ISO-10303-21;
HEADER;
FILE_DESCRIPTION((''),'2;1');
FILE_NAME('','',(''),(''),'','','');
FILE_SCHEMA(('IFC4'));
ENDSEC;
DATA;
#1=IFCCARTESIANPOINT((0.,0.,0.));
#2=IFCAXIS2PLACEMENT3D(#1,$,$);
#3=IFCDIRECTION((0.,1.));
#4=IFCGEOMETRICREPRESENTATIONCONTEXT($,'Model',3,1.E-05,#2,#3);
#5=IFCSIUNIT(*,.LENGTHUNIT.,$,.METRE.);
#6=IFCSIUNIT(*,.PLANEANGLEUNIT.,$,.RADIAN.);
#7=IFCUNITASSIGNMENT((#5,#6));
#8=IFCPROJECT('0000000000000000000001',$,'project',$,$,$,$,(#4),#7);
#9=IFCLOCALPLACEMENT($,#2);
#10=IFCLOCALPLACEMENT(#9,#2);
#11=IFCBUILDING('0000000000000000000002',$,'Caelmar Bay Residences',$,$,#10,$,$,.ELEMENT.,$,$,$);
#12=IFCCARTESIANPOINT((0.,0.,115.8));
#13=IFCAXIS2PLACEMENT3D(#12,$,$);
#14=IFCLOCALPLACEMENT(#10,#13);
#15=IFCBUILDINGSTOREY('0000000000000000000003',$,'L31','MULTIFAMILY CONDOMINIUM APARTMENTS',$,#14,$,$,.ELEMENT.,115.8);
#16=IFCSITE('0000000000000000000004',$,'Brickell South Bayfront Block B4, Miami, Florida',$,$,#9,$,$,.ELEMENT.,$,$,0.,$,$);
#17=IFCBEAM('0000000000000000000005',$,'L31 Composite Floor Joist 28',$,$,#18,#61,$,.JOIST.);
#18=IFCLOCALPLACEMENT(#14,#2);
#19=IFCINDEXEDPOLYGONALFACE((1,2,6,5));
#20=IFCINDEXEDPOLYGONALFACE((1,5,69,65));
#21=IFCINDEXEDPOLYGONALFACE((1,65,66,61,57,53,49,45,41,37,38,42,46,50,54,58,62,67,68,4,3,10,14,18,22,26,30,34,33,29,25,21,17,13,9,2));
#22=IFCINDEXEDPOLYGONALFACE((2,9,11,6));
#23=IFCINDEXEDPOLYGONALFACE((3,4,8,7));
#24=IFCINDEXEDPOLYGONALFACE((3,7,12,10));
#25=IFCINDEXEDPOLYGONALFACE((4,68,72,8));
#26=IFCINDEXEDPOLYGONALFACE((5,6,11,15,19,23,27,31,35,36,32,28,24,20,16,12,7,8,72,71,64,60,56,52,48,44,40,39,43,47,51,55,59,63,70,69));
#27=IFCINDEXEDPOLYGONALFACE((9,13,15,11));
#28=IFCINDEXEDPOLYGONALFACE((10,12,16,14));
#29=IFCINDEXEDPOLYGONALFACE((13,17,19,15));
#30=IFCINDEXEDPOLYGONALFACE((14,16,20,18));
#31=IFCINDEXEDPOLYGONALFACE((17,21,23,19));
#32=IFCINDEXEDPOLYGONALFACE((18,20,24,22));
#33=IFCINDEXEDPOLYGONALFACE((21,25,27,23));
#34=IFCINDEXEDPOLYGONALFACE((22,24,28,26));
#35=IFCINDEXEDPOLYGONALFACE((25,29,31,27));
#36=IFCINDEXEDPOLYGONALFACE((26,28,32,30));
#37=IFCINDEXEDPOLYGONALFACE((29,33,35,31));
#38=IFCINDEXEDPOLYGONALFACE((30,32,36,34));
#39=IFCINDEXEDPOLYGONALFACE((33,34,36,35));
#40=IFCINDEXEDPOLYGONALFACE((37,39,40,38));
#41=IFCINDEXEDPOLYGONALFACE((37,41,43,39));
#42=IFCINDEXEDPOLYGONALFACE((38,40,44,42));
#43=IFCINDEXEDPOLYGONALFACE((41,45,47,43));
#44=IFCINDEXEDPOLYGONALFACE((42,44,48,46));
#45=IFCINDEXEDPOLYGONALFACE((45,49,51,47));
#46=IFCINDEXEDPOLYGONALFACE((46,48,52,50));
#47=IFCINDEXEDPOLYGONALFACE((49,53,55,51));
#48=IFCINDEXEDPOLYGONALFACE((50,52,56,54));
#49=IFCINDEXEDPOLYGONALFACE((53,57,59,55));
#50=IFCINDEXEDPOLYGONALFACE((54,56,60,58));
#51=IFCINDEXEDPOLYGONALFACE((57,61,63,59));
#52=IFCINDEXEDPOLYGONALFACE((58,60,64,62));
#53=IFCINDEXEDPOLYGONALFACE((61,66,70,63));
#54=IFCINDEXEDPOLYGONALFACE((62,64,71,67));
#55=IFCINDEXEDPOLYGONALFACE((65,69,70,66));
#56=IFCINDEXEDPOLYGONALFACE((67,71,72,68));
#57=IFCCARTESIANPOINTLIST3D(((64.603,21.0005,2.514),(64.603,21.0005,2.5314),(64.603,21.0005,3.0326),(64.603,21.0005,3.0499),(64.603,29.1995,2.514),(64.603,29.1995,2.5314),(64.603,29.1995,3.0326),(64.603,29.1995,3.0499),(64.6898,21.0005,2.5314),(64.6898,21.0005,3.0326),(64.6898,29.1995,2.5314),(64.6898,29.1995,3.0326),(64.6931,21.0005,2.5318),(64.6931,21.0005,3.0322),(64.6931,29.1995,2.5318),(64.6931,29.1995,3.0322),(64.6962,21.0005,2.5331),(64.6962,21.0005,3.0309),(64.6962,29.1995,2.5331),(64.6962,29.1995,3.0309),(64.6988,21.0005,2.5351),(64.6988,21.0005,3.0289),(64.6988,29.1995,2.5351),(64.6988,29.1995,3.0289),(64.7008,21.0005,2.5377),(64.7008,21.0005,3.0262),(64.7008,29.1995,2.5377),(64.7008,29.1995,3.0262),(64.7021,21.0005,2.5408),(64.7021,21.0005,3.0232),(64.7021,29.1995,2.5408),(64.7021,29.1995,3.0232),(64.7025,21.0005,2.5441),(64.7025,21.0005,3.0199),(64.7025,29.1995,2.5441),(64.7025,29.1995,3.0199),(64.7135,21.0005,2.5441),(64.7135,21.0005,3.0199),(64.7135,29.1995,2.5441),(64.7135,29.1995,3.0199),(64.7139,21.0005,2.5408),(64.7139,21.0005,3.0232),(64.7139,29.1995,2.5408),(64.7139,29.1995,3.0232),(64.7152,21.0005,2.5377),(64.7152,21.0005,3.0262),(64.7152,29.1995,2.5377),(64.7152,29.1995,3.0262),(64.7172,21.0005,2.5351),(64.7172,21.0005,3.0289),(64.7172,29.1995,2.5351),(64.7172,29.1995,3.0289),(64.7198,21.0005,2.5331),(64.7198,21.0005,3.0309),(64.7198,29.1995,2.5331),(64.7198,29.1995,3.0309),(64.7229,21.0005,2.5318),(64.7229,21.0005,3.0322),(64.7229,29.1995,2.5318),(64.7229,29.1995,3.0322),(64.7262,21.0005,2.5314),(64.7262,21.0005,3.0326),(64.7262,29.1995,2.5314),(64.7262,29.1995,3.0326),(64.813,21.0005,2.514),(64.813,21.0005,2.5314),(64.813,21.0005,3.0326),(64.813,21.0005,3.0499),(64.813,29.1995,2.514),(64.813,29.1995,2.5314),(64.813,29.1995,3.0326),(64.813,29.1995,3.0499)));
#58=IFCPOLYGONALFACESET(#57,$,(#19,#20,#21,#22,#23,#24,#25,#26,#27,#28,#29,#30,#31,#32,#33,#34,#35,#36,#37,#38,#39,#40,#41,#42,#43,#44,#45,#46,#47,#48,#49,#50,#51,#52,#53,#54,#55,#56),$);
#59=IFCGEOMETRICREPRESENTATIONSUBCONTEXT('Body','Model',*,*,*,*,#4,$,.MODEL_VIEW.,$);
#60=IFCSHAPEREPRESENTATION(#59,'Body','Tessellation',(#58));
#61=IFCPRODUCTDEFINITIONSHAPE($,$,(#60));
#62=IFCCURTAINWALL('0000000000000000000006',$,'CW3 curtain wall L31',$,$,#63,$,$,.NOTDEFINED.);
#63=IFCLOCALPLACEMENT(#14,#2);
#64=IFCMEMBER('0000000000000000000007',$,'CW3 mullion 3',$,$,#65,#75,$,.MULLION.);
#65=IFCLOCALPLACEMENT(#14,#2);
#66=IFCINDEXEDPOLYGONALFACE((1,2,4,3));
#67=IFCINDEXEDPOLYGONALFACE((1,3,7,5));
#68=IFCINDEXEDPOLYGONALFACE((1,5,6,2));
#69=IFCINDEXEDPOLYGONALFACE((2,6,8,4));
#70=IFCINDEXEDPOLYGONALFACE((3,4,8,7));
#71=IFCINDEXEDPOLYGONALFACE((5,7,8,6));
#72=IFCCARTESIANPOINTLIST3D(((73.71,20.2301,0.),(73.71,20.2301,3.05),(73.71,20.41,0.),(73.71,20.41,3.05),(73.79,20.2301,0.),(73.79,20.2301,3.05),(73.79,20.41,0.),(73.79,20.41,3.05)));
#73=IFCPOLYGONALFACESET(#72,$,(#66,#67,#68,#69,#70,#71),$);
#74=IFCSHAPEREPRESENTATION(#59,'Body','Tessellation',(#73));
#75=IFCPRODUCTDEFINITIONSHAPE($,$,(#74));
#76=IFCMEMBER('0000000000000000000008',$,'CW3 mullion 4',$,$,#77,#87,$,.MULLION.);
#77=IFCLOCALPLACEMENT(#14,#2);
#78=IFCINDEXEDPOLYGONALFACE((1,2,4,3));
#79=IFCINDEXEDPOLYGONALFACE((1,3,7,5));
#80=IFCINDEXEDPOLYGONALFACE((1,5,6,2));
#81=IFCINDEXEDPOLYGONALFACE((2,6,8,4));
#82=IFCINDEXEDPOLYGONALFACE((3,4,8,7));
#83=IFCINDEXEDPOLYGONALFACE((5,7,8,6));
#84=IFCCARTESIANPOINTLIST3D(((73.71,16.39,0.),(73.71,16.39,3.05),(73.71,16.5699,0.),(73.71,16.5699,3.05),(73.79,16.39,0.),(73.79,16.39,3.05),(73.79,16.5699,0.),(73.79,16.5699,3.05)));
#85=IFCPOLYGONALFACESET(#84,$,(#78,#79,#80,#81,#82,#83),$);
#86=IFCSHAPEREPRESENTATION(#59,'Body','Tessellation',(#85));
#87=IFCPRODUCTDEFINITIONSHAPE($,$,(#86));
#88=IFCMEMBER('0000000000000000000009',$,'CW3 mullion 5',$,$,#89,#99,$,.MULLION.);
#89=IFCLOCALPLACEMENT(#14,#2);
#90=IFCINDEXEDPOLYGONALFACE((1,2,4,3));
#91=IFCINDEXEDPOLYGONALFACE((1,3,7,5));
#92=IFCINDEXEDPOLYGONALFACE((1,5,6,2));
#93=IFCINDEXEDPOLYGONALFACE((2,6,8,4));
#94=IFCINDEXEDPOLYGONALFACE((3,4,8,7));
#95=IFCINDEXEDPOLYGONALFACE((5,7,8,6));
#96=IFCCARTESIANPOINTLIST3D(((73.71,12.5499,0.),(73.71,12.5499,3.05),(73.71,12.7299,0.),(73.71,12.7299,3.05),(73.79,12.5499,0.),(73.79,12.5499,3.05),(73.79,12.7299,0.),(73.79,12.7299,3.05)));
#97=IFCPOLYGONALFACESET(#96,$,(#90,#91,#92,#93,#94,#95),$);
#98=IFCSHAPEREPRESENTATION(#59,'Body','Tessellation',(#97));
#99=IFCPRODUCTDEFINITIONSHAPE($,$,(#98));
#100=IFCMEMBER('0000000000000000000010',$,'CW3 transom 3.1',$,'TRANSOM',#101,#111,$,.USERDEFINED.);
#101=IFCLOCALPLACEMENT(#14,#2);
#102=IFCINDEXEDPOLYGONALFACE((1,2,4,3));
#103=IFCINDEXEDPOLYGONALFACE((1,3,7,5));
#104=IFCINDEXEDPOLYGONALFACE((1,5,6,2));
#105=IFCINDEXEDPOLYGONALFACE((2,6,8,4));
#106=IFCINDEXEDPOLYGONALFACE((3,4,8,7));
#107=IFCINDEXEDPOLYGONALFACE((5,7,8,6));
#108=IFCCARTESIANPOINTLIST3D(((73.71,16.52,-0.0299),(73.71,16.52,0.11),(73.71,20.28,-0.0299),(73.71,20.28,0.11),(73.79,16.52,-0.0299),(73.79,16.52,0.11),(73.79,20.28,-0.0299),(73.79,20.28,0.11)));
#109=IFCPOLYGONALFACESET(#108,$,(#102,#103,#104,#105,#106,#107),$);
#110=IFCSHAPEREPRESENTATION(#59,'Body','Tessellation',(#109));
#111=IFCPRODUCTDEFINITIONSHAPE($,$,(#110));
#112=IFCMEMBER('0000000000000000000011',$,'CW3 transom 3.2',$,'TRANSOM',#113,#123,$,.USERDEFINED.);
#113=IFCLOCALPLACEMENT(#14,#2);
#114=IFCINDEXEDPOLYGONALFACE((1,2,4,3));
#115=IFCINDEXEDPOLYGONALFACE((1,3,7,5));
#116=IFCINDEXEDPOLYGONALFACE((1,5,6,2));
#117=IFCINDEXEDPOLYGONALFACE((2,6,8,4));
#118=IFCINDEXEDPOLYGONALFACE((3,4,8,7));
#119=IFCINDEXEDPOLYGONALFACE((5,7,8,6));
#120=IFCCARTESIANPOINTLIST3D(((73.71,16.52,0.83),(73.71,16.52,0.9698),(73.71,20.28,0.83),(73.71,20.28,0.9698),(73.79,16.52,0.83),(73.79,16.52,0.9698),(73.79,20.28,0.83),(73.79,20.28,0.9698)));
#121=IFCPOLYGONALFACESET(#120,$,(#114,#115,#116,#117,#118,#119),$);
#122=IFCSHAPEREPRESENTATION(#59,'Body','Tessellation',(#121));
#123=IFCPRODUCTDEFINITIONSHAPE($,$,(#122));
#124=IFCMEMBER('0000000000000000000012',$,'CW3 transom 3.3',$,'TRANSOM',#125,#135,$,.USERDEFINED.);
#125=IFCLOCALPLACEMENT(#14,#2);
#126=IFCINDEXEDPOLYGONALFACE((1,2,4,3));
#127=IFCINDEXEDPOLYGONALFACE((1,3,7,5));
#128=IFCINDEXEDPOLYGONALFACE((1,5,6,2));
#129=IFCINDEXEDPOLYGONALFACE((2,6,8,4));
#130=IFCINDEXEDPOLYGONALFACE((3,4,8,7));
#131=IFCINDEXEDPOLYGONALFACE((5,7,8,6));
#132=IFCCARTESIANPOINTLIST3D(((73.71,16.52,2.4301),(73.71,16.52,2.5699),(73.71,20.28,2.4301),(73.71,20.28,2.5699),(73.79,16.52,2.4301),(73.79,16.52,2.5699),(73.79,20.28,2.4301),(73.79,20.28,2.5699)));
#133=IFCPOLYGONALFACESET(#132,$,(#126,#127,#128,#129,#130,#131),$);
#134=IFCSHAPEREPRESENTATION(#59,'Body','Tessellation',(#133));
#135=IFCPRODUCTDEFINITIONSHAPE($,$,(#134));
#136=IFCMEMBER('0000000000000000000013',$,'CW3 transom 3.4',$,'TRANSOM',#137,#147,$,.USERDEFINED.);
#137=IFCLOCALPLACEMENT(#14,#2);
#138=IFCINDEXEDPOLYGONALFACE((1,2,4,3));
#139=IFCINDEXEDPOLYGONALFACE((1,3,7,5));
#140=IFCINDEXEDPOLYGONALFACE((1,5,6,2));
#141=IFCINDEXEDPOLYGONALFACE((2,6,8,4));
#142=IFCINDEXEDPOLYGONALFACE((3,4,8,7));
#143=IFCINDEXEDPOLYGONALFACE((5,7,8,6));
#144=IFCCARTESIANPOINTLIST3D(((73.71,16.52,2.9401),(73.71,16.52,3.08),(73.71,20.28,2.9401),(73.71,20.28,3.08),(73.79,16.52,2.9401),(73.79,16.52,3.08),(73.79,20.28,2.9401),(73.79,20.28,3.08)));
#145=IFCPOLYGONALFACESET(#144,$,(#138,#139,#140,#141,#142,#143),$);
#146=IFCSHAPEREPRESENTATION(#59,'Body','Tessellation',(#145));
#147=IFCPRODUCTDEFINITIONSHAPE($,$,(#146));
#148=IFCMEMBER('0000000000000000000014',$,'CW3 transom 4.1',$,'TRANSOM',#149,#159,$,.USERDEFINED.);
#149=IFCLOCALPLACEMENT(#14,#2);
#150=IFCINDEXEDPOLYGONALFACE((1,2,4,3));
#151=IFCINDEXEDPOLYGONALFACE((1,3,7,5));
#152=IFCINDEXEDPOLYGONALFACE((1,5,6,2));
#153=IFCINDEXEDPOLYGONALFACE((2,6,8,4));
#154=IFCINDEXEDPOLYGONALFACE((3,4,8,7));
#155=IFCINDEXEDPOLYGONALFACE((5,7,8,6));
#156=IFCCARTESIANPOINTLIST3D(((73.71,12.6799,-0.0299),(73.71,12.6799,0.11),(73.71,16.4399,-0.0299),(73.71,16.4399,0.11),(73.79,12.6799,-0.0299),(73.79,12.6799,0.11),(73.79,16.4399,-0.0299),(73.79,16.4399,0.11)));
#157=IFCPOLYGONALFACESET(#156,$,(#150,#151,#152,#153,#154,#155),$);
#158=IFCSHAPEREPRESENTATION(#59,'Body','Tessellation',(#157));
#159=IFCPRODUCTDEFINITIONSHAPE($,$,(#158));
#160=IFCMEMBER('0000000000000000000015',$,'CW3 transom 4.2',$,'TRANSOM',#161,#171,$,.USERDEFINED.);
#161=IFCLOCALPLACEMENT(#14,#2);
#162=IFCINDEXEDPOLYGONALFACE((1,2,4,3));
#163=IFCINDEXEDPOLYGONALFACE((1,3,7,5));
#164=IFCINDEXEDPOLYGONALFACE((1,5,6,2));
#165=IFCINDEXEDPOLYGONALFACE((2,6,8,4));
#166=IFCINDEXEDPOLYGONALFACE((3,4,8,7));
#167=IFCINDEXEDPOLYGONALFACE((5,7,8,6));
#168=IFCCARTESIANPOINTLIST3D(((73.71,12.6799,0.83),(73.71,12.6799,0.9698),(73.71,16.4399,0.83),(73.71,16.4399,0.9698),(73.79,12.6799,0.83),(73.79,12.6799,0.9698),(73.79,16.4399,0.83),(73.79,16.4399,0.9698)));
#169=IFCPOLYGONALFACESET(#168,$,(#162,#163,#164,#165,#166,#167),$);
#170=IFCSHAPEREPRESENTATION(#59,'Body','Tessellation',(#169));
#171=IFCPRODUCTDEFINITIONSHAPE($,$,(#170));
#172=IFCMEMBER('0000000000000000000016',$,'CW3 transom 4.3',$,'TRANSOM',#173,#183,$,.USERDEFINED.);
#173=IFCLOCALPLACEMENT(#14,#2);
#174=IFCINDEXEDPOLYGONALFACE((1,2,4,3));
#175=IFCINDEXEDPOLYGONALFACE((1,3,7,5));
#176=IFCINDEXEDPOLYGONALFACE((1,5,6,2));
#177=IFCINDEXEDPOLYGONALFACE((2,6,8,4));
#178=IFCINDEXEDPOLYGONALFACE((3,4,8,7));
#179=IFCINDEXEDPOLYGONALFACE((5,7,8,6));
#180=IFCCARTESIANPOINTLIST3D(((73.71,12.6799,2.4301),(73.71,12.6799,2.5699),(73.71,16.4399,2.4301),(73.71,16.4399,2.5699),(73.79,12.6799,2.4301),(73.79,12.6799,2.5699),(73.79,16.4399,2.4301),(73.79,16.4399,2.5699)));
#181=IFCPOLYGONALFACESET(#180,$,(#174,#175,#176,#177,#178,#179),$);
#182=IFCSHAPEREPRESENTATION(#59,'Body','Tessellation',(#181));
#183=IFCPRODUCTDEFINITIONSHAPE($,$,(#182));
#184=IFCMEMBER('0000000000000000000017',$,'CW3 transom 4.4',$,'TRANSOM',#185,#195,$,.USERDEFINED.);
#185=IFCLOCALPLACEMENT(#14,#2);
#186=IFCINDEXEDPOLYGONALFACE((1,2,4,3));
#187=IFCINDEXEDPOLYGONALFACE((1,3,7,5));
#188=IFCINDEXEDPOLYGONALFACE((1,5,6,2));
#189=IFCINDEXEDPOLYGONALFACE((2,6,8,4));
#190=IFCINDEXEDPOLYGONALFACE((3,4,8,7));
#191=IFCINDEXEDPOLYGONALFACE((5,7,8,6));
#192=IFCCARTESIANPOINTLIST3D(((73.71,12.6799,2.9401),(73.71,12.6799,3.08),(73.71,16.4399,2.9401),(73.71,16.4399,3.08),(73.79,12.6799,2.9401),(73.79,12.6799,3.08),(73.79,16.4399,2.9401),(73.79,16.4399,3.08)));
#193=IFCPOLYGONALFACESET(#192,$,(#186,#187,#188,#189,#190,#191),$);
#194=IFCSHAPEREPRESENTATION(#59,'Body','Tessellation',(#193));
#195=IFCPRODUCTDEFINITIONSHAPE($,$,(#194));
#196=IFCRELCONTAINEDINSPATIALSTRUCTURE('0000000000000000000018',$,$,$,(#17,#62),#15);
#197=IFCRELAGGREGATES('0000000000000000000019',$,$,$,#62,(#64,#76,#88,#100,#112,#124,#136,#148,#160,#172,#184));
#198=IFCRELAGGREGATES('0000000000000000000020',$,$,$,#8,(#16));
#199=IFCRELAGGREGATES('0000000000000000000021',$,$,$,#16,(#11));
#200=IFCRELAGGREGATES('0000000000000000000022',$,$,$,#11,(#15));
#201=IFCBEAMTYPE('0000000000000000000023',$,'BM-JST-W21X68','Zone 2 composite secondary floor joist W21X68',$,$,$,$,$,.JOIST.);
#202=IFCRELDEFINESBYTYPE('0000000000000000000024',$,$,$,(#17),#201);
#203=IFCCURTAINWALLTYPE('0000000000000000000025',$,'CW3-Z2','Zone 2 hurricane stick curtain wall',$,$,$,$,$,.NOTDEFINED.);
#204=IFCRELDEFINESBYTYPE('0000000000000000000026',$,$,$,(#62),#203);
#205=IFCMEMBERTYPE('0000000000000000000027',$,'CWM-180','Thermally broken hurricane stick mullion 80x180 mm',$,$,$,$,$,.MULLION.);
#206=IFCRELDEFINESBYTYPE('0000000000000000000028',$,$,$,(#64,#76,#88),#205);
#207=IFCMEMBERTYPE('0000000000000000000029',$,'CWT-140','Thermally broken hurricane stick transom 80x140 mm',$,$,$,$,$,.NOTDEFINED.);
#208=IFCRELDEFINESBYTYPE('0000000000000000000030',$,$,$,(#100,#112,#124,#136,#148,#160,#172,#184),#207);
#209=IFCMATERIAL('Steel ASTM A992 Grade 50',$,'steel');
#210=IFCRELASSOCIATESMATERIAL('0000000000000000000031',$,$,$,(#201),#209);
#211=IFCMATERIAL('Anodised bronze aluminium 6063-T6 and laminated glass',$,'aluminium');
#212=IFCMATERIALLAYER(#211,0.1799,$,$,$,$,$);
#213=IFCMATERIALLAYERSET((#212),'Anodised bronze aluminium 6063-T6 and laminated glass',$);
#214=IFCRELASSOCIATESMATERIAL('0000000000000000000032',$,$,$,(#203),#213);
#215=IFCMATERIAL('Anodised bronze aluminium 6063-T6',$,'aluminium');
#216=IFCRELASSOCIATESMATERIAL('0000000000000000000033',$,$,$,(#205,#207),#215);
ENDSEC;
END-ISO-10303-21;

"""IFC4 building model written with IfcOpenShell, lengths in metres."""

from ifc_helpers import new_model, si_unit, direction, frame, origin, origin_2d, place, context, subcontext, project, spatial, rectangle, i_section, extrude, material, layer, layer_set, material_profile, profile_set, type_object, element, aggregate, save


model = new_model("IFC4")

# Units and contexts
model_context = context("Model", 3, precision=1e-05, world=origin(), true_north=direction((0.0, 1.0)))
body_context = subcontext(model_context, "Body", "Model", "MODEL_VIEW")
ifc_project = project(units=[si_unit("LENGTHUNIT", "METRE"), si_unit("PLANEANGLEUNIT", "RADIAN")], contexts=[model_context])

# Site, building, storey
site_placement = place(None, origin())
site = spatial("IfcSite", under=ifc_project, at=site_placement, Name="Brickell South Bayfront Block B4, Miami, Florida", CompositionType="ELEMENT", RefElevation=0.0)
building_placement = place(site_placement, origin())
building = spatial("IfcBuilding", under=site, at=building_placement, Name="Caelmar Bay Residences", CompositionType="ELEMENT")
storey_placement = place(building_placement, frame((0.0, 0.0, 115.8)))
storey = spatial("IfcBuildingStorey", under=building, at=storey_placement, Name="L31", Description="MULTIFAMILY CONDOMINIUM APARTMENTS", CompositionType="ELEMENT", Elevation=115.8)

# Beam
ifc_material_1 = material(Name="Steel ASTM A992 Grade 50", Category="steel")
ifc_material_profile_1 = material_profile(ifc_material_1, i_section(OverallWidth=0.21, OverallDepth=0.5359, WebThickness=0.011, FlangeThickness=0.0173, FilletRadius=0.0127, at=origin_2d()), Name="W21X68")
ifc_profile_set_1 = profile_set([ifc_material_profile_1], Name="Steel ASTM A992 Grade 50")
beam_type_1 = type_object("IfcBeamType", Name="BM-JST-W21X68", Description="Zone 2 composite secondary floor joist W21X68", PredefinedType="JOIST", material=ifc_profile_set_1)
beam_1_placement = place(storey_placement, frame((64.708, 21.0005, 2.782), z_axis=(0.0, 1.0, 0.0), x_axis=(-1.0, 0.0, 0.0)))
element("IfcBeam", 1, at=beam_1_placement, inside=storey, type_object=beam_type_1, Name="L31 Composite Floor Joist 28", PredefinedType="JOIST", context=body_context, shape_type="SweptSolid", body=[
    extrude(i_section(OverallWidth=0.21, OverallDepth=0.5359, WebThickness=0.011, FlangeThickness=0.0173, FilletRadius=0.0127, at=origin_2d()), origin(), (0.0, 0.0, 1.0), 8.199),
])

# Curtain wall, members
ifc_material_2 = material(Name="Anodised bronze aluminium 6063-T6 and laminated glass", Category="aluminium")
ifc_layer_1 = layer(ifc_material_2, 0.1799)
ifc_layer_set_1 = layer_set([ifc_layer_1], Name="Anodised bronze aluminium 6063-T6 and laminated glass")
curtain_wall_type = type_object("IfcCurtainWallType", Name="CW3-Z2", Description="Zone 2 hurricane stick curtain wall", PredefinedType="NOTDEFINED", material=ifc_layer_set_1)
curtain_wall_placement = place(storey_placement, origin())
curtain_wall = element("IfcCurtainWall", 2, at=curtain_wall_placement, inside=storey, type_object=curtain_wall_type, Name="CW3 curtain wall L31", PredefinedType="NOTDEFINED")
ifc_material_3 = material(Name="Anodised bronze aluminium 6063-T6", Category="aluminium")
ifc_material_profile_2 = material_profile(ifc_material_3, rectangle(XDim=0.0801, YDim=0.1799, at=origin_2d()), Name="CWM-80X180")
ifc_profile_set_2 = profile_set([ifc_material_profile_2], Name="Anodised bronze aluminium 6063-T6")
member_type_1 = type_object("IfcMemberType", Name="CWM-180", Description="Thermally broken hurricane stick mullion 80x180 mm", PredefinedType="MULLION", material=ifc_profile_set_2)
member_1_placement = place(storey_placement, frame((73.75, 20.3201, 0.0), z_axis=(0.0, 0.0, 1.0), x_axis=(1.0, 0.0, 0.0)))
member_1 = element("IfcMember", 3, at=member_1_placement, type_object=member_type_1, Name="CW3 mullion 3", PredefinedType="MULLION", context=body_context, shape_type="SweptSolid", body=[
    extrude(rectangle(XDim=0.0801, YDim=0.1799, at=origin_2d()), origin(), (0.0, 0.0, 1.0), 3.05),
])
member_2_placement = place(storey_placement, frame((73.75, 16.48, 0.0), z_axis=(0.0, 0.0, 1.0), x_axis=(1.0, 0.0, 0.0)))
member_2 = element("IfcMember", 4, at=member_2_placement, type_object=member_type_1, Name="CW3 mullion 4", PredefinedType="MULLION", context=body_context, shape_type="SweptSolid", body=[
    extrude(rectangle(XDim=0.0801, YDim=0.1799, at=origin_2d()), origin(), (0.0, 0.0, 1.0), 3.05),
])
member_3_placement = place(storey_placement, frame((73.75, 12.6399, 0.0), z_axis=(0.0, 0.0, 1.0), x_axis=(1.0, 0.0, 0.0)))
member_3 = element("IfcMember", 5, at=member_3_placement, type_object=member_type_1, Name="CW3 mullion 5", PredefinedType="MULLION", context=body_context, shape_type="SweptSolid", body=[
    extrude(rectangle(XDim=0.0801, YDim=0.1799, at=origin_2d()), origin(), (0.0, 0.0, 1.0), 3.05),
])
ifc_material_profile_3 = material_profile(ifc_material_3, rectangle(XDim=0.0801, YDim=0.1399, at=origin_2d()), Name="CWT-80X140")
ifc_profile_set_3 = profile_set([ifc_material_profile_3], Name="Anodised bronze aluminium 6063-T6")
member_type_2 = type_object("IfcMemberType", Name="CWT-140", Description="Thermally broken hurricane stick transom 80x140 mm", PredefinedType="NOTDEFINED", material=ifc_profile_set_3)
member_4_placement = place(storey_placement, frame((73.75, 20.28, 0.04), z_axis=(0.0, -1.0, 0.0), x_axis=(1.0, 0.0, 0.0)))
member_4 = element("IfcMember", 6, at=member_4_placement, type_object=member_type_2, Name="CW3 transom 3.1", ObjectType="TRANSOM", PredefinedType="USERDEFINED", context=body_context, shape_type="SweptSolid", body=[
    extrude(rectangle(XDim=0.0801, YDim=0.1399, at=origin_2d()), origin(), (0.0, 0.0, 1.0), 3.76),
])
member_5_placement = place(storey_placement, frame((73.75, 20.28, 0.8999), z_axis=(0.0, -1.0, 0.0), x_axis=(1.0, 0.0, 0.0)))
member_5 = element("IfcMember", 7, at=member_5_placement, type_object=member_type_2, Name="CW3 transom 3.2", ObjectType="TRANSOM", PredefinedType="USERDEFINED", context=body_context, shape_type="SweptSolid", body=[
    extrude(rectangle(XDim=0.0801, YDim=0.1399, at=origin_2d()), origin(), (0.0, 0.0, 1.0), 3.76),
])
member_6_placement = place(storey_placement, frame((73.75, 20.28, 2.5), z_axis=(0.0, -1.0, 0.0), x_axis=(1.0, 0.0, 0.0)))
member_6 = element("IfcMember", 8, at=member_6_placement, type_object=member_type_2, Name="CW3 transom 3.3", ObjectType="TRANSOM", PredefinedType="USERDEFINED", context=body_context, shape_type="SweptSolid", body=[
    extrude(rectangle(XDim=0.0801, YDim=0.1399, at=origin_2d()), origin(), (0.0, 0.0, 1.0), 3.76),
])
member_7_placement = place(storey_placement, frame((73.75, 20.28, 3.01), z_axis=(0.0, -1.0, 0.0), x_axis=(1.0, 0.0, 0.0)))
member_7 = element("IfcMember", 9, at=member_7_placement, type_object=member_type_2, Name="CW3 transom 3.4", ObjectType="TRANSOM", PredefinedType="USERDEFINED", context=body_context, shape_type="SweptSolid", body=[
    extrude(rectangle(XDim=0.0801, YDim=0.1399, at=origin_2d()), origin(), (0.0, 0.0, 1.0), 3.76),
])
member_8_placement = place(storey_placement, frame((73.75, 16.4399, 0.04), z_axis=(0.0, -1.0, 0.0), x_axis=(1.0, 0.0, 0.0)))
member_8 = element("IfcMember", 10, at=member_8_placement, type_object=member_type_2, Name="CW3 transom 4.1", ObjectType="TRANSOM", PredefinedType="USERDEFINED", context=body_context, shape_type="SweptSolid", body=[
    extrude(rectangle(XDim=0.0801, YDim=0.1399, at=origin_2d()), origin(), (0.0, 0.0, 1.0), 3.76),
])
member_9_placement = place(storey_placement, frame((73.75, 16.4399, 0.8999), z_axis=(0.0, -1.0, 0.0), x_axis=(1.0, 0.0, 0.0)))
member_9 = element("IfcMember", 11, at=member_9_placement, type_object=member_type_2, Name="CW3 transom 4.2", ObjectType="TRANSOM", PredefinedType="USERDEFINED", context=body_context, shape_type="SweptSolid", body=[
    extrude(rectangle(XDim=0.0801, YDim=0.1399, at=origin_2d()), origin(), (0.0, 0.0, 1.0), 3.76),
])
member_10_placement = place(storey_placement, frame((73.75, 16.4399, 2.5), z_axis=(0.0, -1.0, 0.0), x_axis=(1.0, 0.0, 0.0)))
member_10 = element("IfcMember", 12, at=member_10_placement, type_object=member_type_2, Name="CW3 transom 4.3", ObjectType="TRANSOM", PredefinedType="USERDEFINED", context=body_context, shape_type="SweptSolid", body=[
    extrude(rectangle(XDim=0.0801, YDim=0.1399, at=origin_2d()), origin(), (0.0, 0.0, 1.0), 3.76),
])
member_11_placement = place(storey_placement, frame((73.75, 16.4399, 3.01), z_axis=(0.0, -1.0, 0.0), x_axis=(1.0, 0.0, 0.0)))
member_11 = element("IfcMember", 13, at=member_11_placement, type_object=member_type_2, Name="CW3 transom 4.4", ObjectType="TRANSOM", PredefinedType="USERDEFINED", context=body_context, shape_type="SweptSolid", body=[
    extrude(rectangle(XDim=0.0801, YDim=0.1399, at=origin_2d()), origin(), (0.0, 0.0, 1.0), 3.76),
])
aggregate(curtain_wall, [member_1, member_2, member_3, member_4, member_5, member_6, member_7, member_8, member_9, member_10, member_11])

save(model, "model.ifc")
